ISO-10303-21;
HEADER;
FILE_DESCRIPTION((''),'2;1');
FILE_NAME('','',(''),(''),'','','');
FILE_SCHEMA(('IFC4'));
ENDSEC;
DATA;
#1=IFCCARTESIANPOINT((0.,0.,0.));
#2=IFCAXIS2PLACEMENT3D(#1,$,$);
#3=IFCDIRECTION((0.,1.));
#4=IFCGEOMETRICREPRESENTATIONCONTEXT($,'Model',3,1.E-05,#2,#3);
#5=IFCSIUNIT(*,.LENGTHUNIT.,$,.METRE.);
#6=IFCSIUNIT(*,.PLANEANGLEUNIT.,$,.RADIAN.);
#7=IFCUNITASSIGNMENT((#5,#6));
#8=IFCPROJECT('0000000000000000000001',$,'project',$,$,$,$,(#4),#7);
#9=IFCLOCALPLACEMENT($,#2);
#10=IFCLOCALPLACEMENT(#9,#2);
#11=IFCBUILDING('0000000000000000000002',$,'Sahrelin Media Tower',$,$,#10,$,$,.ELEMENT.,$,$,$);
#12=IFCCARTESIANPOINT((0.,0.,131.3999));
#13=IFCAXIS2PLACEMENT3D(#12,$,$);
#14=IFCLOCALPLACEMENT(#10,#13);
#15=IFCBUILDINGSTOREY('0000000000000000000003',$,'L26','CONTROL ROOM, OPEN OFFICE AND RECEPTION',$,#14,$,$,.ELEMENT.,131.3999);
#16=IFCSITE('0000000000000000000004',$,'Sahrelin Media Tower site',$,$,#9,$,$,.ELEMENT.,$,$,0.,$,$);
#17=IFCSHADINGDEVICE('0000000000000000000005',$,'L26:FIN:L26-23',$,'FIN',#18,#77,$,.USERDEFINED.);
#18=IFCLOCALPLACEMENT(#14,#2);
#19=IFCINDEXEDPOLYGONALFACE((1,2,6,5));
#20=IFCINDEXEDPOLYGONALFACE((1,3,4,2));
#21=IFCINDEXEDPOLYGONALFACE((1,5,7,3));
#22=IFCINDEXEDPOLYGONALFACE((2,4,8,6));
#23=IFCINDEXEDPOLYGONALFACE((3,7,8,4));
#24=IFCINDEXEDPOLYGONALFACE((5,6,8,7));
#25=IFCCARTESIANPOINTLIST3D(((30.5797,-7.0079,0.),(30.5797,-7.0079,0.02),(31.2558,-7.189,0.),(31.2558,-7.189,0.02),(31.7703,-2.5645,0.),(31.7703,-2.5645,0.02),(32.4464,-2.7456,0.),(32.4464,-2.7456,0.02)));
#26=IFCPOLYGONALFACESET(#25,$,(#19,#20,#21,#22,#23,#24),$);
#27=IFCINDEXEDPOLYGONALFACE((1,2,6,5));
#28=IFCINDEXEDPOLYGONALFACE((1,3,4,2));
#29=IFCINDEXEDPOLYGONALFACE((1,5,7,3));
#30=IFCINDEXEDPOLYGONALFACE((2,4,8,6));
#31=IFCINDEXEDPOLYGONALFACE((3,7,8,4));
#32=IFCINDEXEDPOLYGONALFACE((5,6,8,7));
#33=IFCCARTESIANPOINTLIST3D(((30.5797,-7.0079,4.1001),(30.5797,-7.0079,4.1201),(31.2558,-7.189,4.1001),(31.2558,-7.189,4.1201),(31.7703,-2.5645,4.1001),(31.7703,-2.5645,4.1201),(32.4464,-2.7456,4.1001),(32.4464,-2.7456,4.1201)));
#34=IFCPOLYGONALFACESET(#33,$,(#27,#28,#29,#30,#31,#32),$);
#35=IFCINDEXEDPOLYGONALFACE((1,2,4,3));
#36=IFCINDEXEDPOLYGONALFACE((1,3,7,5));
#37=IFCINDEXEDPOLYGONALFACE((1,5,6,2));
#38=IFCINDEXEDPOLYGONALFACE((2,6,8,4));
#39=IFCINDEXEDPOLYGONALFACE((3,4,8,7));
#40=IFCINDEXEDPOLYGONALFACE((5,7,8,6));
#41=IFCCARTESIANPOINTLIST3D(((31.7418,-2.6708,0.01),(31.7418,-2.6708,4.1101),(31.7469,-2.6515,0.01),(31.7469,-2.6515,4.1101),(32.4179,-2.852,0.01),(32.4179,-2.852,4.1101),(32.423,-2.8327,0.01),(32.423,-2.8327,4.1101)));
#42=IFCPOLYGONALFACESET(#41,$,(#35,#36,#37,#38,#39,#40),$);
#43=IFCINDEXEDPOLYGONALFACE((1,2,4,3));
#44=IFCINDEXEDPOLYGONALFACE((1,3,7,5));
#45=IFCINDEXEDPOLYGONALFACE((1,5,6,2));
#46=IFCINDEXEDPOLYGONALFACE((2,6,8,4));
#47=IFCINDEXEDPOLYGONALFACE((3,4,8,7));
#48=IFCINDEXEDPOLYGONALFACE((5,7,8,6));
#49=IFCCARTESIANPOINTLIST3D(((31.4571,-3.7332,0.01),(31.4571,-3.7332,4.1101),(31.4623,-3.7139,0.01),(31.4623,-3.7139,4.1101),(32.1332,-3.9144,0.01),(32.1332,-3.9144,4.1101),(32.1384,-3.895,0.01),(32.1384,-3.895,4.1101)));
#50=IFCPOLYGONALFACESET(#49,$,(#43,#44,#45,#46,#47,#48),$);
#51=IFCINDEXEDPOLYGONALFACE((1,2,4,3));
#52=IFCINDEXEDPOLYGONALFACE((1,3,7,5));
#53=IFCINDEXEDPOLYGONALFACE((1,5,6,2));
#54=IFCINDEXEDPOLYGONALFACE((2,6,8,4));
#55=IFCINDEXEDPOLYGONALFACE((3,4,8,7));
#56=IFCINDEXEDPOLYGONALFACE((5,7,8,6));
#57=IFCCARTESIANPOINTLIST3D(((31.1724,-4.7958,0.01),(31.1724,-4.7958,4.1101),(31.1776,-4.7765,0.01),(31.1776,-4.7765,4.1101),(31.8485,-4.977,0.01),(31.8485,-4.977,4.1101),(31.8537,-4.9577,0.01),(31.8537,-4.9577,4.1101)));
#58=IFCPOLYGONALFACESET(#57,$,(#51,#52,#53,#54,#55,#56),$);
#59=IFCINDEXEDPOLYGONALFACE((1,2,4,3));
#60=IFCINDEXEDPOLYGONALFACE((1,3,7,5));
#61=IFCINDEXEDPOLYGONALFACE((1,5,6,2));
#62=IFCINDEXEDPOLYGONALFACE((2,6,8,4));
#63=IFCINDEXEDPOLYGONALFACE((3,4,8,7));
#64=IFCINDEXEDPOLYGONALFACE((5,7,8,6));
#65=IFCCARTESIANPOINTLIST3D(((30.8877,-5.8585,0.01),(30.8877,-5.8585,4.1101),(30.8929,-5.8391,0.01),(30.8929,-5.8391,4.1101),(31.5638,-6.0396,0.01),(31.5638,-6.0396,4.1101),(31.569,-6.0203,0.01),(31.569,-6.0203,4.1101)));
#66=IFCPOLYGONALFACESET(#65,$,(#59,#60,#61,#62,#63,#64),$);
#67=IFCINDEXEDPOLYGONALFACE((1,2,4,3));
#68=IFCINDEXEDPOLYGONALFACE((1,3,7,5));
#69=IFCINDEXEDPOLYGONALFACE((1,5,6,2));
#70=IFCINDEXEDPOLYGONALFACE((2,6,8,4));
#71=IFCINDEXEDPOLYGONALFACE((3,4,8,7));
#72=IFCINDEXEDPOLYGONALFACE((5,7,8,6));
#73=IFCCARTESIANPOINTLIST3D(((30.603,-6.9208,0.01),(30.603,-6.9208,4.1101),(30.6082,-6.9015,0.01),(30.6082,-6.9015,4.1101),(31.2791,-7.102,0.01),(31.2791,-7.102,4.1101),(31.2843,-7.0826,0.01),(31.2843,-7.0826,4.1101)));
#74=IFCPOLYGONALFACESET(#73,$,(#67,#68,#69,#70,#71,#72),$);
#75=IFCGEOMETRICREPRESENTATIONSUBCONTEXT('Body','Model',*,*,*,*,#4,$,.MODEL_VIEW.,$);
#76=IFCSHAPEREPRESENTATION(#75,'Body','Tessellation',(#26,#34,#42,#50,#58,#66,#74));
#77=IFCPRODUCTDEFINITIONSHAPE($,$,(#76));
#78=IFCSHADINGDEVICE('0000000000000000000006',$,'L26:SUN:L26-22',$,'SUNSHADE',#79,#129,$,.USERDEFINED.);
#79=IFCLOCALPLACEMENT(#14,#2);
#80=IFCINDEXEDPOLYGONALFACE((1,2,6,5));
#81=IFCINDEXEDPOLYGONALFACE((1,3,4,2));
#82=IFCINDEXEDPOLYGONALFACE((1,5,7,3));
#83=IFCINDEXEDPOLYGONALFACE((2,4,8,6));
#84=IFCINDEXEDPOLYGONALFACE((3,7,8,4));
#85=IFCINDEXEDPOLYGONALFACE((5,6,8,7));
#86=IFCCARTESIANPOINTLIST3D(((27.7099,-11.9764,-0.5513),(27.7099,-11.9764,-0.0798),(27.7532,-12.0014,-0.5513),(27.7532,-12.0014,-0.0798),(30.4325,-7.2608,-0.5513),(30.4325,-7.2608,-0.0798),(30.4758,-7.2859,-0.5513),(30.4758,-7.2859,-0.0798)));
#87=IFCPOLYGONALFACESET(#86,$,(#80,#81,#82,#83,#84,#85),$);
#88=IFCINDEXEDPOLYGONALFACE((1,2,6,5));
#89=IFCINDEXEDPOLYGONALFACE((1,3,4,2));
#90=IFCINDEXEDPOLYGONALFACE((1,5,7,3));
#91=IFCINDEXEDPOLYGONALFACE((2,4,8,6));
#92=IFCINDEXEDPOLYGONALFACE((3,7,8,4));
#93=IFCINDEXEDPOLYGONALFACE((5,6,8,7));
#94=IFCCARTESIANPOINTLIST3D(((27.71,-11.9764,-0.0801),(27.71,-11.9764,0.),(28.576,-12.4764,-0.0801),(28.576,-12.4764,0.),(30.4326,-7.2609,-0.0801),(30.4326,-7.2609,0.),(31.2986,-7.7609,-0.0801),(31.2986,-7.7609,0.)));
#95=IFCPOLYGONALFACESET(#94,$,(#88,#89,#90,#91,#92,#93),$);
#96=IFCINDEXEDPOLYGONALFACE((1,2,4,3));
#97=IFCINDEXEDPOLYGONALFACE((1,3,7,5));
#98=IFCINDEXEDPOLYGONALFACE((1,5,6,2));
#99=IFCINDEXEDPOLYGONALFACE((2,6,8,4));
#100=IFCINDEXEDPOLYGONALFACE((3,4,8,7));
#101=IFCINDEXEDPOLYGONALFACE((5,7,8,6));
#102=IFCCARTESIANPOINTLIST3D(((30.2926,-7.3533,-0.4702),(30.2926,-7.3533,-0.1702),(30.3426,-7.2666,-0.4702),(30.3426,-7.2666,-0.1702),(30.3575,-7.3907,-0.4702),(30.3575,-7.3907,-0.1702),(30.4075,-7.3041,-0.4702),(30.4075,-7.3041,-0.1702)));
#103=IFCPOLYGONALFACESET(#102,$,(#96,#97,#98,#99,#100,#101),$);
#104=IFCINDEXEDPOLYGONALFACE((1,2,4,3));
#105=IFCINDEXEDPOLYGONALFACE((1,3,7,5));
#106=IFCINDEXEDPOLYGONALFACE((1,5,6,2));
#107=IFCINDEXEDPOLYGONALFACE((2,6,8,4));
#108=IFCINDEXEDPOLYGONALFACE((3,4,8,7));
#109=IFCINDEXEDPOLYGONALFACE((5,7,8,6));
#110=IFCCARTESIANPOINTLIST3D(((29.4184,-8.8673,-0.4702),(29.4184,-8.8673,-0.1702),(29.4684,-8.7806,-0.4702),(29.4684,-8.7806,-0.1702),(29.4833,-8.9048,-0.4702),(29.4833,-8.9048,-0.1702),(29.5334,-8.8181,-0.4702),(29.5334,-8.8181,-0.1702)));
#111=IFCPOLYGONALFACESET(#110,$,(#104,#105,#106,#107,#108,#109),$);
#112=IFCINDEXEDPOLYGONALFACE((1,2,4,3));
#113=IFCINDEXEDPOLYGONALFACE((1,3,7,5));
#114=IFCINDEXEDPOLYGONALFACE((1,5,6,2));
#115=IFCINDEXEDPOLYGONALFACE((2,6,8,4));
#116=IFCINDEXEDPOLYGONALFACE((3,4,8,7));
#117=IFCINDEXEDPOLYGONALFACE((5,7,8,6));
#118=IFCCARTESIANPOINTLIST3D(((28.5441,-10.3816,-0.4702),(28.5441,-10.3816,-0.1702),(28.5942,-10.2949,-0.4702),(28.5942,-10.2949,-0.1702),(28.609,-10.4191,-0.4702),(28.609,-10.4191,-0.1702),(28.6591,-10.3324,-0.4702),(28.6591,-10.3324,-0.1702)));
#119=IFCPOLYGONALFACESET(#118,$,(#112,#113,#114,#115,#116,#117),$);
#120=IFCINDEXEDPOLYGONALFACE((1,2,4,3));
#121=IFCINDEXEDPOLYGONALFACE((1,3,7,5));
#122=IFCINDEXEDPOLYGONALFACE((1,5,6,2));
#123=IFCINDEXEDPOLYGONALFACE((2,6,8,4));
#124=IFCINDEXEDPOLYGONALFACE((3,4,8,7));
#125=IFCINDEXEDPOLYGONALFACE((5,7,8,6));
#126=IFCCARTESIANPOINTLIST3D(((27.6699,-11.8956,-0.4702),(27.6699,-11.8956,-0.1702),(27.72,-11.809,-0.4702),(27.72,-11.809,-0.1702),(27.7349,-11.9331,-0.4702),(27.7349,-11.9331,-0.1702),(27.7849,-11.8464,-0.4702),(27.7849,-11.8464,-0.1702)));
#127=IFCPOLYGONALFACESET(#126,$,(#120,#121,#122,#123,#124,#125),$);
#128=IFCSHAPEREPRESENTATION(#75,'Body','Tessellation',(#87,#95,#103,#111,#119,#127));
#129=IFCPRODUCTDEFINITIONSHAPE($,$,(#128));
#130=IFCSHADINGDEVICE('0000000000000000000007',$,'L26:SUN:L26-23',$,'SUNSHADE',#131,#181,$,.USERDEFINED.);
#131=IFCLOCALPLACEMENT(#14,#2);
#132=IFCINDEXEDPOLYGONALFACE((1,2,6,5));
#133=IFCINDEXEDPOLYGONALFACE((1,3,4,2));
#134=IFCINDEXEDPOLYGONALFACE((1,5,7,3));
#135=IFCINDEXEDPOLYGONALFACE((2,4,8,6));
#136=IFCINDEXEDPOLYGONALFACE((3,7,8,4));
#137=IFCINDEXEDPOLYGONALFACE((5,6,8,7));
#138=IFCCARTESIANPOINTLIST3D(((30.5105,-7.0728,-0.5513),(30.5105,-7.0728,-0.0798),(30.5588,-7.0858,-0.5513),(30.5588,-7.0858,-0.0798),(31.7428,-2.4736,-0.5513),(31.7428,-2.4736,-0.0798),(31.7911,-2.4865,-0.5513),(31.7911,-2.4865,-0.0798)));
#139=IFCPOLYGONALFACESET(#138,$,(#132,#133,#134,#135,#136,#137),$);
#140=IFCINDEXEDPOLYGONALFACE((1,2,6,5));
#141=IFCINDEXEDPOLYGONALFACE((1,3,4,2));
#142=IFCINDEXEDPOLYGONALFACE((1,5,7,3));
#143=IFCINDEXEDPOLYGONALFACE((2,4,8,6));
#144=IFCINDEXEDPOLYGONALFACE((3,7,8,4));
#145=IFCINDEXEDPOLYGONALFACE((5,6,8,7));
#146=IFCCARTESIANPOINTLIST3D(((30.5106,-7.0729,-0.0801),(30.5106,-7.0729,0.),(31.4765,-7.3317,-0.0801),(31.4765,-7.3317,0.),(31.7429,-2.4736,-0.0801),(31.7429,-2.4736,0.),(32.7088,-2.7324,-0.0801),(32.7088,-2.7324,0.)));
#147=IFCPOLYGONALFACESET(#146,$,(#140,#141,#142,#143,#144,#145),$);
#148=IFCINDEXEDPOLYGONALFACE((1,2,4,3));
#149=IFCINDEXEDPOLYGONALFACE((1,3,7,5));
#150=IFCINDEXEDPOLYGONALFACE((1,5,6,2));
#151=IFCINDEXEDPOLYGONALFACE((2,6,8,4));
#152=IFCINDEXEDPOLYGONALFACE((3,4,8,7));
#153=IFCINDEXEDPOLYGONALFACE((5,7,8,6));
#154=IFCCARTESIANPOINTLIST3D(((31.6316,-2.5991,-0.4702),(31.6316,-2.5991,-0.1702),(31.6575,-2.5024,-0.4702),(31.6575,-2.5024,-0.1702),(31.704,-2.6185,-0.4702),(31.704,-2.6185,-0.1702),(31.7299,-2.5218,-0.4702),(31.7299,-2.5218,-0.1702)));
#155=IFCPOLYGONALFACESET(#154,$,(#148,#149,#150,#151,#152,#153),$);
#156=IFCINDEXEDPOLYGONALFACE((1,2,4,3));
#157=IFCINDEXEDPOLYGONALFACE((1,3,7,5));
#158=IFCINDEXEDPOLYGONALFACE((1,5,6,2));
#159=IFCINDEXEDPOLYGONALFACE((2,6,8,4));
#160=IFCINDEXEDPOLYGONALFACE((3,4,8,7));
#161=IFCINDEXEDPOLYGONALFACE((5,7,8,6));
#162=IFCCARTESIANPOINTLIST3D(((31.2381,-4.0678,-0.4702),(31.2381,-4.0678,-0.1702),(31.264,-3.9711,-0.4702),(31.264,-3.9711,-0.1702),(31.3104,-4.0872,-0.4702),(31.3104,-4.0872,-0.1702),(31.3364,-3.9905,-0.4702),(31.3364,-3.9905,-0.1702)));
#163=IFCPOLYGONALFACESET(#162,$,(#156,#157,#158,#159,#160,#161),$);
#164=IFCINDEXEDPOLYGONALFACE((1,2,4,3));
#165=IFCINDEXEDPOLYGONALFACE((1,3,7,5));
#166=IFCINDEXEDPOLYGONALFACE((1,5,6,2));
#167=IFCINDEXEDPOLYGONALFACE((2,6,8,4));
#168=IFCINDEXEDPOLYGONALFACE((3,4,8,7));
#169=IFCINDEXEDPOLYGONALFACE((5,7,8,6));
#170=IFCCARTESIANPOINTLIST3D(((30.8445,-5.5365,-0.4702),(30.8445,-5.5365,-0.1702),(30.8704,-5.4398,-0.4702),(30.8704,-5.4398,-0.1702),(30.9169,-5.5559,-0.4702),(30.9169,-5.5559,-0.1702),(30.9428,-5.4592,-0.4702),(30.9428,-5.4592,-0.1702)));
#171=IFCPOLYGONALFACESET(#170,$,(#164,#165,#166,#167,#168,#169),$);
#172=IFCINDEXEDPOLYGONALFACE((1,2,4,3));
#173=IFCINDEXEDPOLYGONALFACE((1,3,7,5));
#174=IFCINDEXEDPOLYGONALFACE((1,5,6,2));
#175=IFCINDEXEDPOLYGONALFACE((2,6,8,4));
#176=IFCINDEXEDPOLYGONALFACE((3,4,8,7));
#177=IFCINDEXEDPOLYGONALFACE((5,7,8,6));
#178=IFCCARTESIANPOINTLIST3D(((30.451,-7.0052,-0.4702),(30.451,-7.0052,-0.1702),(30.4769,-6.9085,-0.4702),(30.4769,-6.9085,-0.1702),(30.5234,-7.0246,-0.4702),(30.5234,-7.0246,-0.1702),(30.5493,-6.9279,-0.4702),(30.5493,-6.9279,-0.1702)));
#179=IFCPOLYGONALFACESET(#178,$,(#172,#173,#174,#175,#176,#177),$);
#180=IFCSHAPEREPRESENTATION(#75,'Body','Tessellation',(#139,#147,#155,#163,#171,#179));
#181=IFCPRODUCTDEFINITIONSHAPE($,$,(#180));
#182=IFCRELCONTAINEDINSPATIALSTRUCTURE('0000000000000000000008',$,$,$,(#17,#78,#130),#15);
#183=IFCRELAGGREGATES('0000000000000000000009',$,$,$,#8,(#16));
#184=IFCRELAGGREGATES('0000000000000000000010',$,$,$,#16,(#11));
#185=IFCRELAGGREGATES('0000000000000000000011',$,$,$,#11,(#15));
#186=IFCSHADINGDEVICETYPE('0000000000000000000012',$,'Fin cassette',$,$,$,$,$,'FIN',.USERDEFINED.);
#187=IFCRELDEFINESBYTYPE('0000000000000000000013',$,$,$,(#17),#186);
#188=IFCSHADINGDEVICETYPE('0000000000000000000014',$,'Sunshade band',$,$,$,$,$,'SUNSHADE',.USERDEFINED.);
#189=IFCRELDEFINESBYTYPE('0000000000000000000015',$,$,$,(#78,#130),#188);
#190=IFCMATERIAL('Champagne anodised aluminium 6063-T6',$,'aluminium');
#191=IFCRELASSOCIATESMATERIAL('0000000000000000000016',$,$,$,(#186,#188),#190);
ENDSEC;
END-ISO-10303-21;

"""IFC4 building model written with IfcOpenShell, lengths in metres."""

from ifc_helpers import new_model, si_unit, direction, frame, origin, origin_2d, place, context, subcontext, project, spatial, rectangle, extrude, material, type_object, element, save


model = new_model("IFC4")

# Units and contexts
model_context = context("Model", 3, precision=1e-05, world=origin(), true_north=direction((0.0, 1.0)))
body_context = subcontext(model_context, "Body", "Model", "MODEL_VIEW")
ifc_project = project(units=[si_unit("LENGTHUNIT", "METRE"), si_unit("PLANEANGLEUNIT", "RADIAN")], contexts=[model_context])

# Site, building, storey
site_placement = place(None, origin())
site = spatial("IfcSite", under=ifc_project, at=site_placement, Name="Sahrelin Media Tower site", CompositionType="ELEMENT", RefElevation=0.0)
building_placement = place(site_placement, origin())
building = spatial("IfcBuilding", under=site, at=building_placement, Name="Sahrelin Media Tower", CompositionType="ELEMENT")
storey_placement = place(building_placement, frame((0.0, 0.0, 131.3999)))
storey = spatial("IfcBuildingStorey", under=building, at=storey_placement, Name="L26", Description="CONTROL ROOM, OPEN OFFICE AND RECEPTION", CompositionType="ELEMENT", Elevation=131.3999)

# Shared definitions
ifc_material_1 = material(Name="Champagne anodised aluminium 6063-T6", Category="aluminium")

# Shading devices
shading_device_type_1 = type_object("IfcShadingDeviceType", Name="Fin cassette", ElementType="FIN", PredefinedType="USERDEFINED", material=ifc_material_1)
placement_1 = place(storey_placement, frame((29.054, -9.6086, 0.0), z_axis=(0.0, 0.0, 1.0), x_axis=(-0.500011, -0.866019, 0.0)))
placement_2 = place(storey_placement, frame((31.1074, -4.7681, 0.0), z_axis=(0.0, 0.0, 1.0), x_axis=(-0.258808, -0.965929, 0.0)))
element("IfcShadingDevice", 1, at=placement_2, inside=storey, type_object=shading_device_type_1, Name="L26:FIN:L26-23", ObjectType="FIN", PredefinedType="USERDEFINED", context=body_context, shape_type="SweptSolid", body=[
    extrude(rectangle(XDim=4.6001, YDim=0.7, at=origin_2d()), frame((0.0, 0.4199, 0.0)), (0.0, 0.0, 1.0), 0.02),
    extrude(rectangle(XDim=4.6001, YDim=0.7, at=origin_2d()), frame((0.0, 0.4199, 4.1001)), (0.0, 0.0, 1.0), 0.02),
    extrude(rectangle(XDim=0.02, YDim=0.7, at=origin_2d()), frame((-2.2, 0.4199, 0.01), z_axis=(0.0, 0.0, 1.0), x_axis=(1.0, 0.0, 0.0)), (0.0, 0.0, 1.0), 4.1001),
    extrude(rectangle(XDim=0.02, YDim=0.7, at=origin_2d()), frame((-1.1001, 0.4199, 0.01), z_axis=(0.0, 0.0, 1.0), x_axis=(1.0, 0.0, 0.0)), (0.0, 0.0, 1.0), 4.1001),
    extrude(rectangle(XDim=0.02, YDim=0.7, at=origin_2d()), frame((0.0, 0.4199, 0.01), z_axis=(0.0, 0.0, 1.0), x_axis=(1.0, 0.0, 0.0)), (0.0, 0.0, 1.0), 4.1001),
    extrude(rectangle(XDim=0.02, YDim=0.7, at=origin_2d()), frame((1.1001, 0.4199, 0.01), z_axis=(0.0, 0.0, 1.0), x_axis=(1.0, 0.0, 0.0)), (0.0, 0.0, 1.0), 4.1001),
    extrude(rectangle(XDim=0.02, YDim=0.7, at=origin_2d()), frame((2.2, 0.4199, 0.01), z_axis=(0.0, 0.0, 1.0), x_axis=(1.0, 0.0, 0.0)), (0.0, 0.0, 1.0), 4.1001),
])
shading_device_type_2 = type_object("IfcShadingDeviceType", Name="Sunshade band", ElementType="SUNSHADE", PredefinedType="USERDEFINED", material=ifc_material_1)
element("IfcShadingDevice", 2, at=placement_1, inside=storey, type_object=shading_device_type_2, Name="L26:SUN:L26-22", ObjectType="SUNSHADE", PredefinedType="USERDEFINED", context=body_context, shape_type="SweptSolid", body=[
    extrude(rectangle(XDim=5.4451, YDim=0.05, at=origin_2d()), frame((0.0, 0.0449, -0.5513)), (0.0, 0.0, 1.0), 0.4714),
    extrude(rectangle(XDim=5.4451, YDim=1.0, at=origin_2d()), frame((0.0, 0.52, -0.0801)), (0.0, 0.0, 1.0), 0.0801),
    extrude(rectangle(XDim=0.1001, YDim=0.075, at=origin_2d()), frame((-2.6226, -0.0176, -0.4702)), (0.0, 0.0, 1.0), 0.3),
    extrude(rectangle(XDim=0.1001, YDim=0.075, at=origin_2d()), frame((-0.8743, -0.0176, -0.4702)), (0.0, 0.0, 1.0), 0.3),
    extrude(rectangle(XDim=0.1001, YDim=0.075, at=origin_2d()), frame((0.8743, -0.0176, -0.4702)), (0.0, 0.0, 1.0), 0.3),
    extrude(rectangle(XDim=0.1001, YDim=0.075, at=origin_2d()), frame((2.6226, -0.0176, -0.4702)), (0.0, 0.0, 1.0), 0.3),
])
element("IfcShadingDevice", 3, at=placement_2, inside=storey, type_object=shading_device_type_2, Name="L26:SUN:L26-23", ObjectType="SUNSHADE", PredefinedType="USERDEFINED", context=body_context, shape_type="SweptSolid", body=[
    extrude(rectangle(XDim=4.7615, YDim=0.05, at=origin_2d()), frame((0.0, 0.0449, -0.5513)), (0.0, 0.0, 1.0), 0.4714),
    extrude(rectangle(XDim=4.7615, YDim=1.0, at=origin_2d()), frame((0.0, 0.52, -0.0801)), (0.0, 0.0, 1.0), 0.0801),
    extrude(rectangle(XDim=0.1001, YDim=0.075, at=origin_2d()), frame((-2.2808, -0.0176, -0.4702)), (0.0, 0.0, 1.0), 0.3),
    extrude(rectangle(XDim=0.1001, YDim=0.075, at=origin_2d()), frame((-0.7603, -0.0176, -0.4702)), (0.0, 0.0, 1.0), 0.3),
    extrude(rectangle(XDim=0.1001, YDim=0.075, at=origin_2d()), frame((0.7603, -0.0176, -0.4702)), (0.0, 0.0, 1.0), 0.3),
    extrude(rectangle(XDim=0.1001, YDim=0.075, at=origin_2d()), frame((2.2808, -0.0176, -0.4702)), (0.0, 0.0, 1.0), 0.3),
])

save(model, "model.ifc")
